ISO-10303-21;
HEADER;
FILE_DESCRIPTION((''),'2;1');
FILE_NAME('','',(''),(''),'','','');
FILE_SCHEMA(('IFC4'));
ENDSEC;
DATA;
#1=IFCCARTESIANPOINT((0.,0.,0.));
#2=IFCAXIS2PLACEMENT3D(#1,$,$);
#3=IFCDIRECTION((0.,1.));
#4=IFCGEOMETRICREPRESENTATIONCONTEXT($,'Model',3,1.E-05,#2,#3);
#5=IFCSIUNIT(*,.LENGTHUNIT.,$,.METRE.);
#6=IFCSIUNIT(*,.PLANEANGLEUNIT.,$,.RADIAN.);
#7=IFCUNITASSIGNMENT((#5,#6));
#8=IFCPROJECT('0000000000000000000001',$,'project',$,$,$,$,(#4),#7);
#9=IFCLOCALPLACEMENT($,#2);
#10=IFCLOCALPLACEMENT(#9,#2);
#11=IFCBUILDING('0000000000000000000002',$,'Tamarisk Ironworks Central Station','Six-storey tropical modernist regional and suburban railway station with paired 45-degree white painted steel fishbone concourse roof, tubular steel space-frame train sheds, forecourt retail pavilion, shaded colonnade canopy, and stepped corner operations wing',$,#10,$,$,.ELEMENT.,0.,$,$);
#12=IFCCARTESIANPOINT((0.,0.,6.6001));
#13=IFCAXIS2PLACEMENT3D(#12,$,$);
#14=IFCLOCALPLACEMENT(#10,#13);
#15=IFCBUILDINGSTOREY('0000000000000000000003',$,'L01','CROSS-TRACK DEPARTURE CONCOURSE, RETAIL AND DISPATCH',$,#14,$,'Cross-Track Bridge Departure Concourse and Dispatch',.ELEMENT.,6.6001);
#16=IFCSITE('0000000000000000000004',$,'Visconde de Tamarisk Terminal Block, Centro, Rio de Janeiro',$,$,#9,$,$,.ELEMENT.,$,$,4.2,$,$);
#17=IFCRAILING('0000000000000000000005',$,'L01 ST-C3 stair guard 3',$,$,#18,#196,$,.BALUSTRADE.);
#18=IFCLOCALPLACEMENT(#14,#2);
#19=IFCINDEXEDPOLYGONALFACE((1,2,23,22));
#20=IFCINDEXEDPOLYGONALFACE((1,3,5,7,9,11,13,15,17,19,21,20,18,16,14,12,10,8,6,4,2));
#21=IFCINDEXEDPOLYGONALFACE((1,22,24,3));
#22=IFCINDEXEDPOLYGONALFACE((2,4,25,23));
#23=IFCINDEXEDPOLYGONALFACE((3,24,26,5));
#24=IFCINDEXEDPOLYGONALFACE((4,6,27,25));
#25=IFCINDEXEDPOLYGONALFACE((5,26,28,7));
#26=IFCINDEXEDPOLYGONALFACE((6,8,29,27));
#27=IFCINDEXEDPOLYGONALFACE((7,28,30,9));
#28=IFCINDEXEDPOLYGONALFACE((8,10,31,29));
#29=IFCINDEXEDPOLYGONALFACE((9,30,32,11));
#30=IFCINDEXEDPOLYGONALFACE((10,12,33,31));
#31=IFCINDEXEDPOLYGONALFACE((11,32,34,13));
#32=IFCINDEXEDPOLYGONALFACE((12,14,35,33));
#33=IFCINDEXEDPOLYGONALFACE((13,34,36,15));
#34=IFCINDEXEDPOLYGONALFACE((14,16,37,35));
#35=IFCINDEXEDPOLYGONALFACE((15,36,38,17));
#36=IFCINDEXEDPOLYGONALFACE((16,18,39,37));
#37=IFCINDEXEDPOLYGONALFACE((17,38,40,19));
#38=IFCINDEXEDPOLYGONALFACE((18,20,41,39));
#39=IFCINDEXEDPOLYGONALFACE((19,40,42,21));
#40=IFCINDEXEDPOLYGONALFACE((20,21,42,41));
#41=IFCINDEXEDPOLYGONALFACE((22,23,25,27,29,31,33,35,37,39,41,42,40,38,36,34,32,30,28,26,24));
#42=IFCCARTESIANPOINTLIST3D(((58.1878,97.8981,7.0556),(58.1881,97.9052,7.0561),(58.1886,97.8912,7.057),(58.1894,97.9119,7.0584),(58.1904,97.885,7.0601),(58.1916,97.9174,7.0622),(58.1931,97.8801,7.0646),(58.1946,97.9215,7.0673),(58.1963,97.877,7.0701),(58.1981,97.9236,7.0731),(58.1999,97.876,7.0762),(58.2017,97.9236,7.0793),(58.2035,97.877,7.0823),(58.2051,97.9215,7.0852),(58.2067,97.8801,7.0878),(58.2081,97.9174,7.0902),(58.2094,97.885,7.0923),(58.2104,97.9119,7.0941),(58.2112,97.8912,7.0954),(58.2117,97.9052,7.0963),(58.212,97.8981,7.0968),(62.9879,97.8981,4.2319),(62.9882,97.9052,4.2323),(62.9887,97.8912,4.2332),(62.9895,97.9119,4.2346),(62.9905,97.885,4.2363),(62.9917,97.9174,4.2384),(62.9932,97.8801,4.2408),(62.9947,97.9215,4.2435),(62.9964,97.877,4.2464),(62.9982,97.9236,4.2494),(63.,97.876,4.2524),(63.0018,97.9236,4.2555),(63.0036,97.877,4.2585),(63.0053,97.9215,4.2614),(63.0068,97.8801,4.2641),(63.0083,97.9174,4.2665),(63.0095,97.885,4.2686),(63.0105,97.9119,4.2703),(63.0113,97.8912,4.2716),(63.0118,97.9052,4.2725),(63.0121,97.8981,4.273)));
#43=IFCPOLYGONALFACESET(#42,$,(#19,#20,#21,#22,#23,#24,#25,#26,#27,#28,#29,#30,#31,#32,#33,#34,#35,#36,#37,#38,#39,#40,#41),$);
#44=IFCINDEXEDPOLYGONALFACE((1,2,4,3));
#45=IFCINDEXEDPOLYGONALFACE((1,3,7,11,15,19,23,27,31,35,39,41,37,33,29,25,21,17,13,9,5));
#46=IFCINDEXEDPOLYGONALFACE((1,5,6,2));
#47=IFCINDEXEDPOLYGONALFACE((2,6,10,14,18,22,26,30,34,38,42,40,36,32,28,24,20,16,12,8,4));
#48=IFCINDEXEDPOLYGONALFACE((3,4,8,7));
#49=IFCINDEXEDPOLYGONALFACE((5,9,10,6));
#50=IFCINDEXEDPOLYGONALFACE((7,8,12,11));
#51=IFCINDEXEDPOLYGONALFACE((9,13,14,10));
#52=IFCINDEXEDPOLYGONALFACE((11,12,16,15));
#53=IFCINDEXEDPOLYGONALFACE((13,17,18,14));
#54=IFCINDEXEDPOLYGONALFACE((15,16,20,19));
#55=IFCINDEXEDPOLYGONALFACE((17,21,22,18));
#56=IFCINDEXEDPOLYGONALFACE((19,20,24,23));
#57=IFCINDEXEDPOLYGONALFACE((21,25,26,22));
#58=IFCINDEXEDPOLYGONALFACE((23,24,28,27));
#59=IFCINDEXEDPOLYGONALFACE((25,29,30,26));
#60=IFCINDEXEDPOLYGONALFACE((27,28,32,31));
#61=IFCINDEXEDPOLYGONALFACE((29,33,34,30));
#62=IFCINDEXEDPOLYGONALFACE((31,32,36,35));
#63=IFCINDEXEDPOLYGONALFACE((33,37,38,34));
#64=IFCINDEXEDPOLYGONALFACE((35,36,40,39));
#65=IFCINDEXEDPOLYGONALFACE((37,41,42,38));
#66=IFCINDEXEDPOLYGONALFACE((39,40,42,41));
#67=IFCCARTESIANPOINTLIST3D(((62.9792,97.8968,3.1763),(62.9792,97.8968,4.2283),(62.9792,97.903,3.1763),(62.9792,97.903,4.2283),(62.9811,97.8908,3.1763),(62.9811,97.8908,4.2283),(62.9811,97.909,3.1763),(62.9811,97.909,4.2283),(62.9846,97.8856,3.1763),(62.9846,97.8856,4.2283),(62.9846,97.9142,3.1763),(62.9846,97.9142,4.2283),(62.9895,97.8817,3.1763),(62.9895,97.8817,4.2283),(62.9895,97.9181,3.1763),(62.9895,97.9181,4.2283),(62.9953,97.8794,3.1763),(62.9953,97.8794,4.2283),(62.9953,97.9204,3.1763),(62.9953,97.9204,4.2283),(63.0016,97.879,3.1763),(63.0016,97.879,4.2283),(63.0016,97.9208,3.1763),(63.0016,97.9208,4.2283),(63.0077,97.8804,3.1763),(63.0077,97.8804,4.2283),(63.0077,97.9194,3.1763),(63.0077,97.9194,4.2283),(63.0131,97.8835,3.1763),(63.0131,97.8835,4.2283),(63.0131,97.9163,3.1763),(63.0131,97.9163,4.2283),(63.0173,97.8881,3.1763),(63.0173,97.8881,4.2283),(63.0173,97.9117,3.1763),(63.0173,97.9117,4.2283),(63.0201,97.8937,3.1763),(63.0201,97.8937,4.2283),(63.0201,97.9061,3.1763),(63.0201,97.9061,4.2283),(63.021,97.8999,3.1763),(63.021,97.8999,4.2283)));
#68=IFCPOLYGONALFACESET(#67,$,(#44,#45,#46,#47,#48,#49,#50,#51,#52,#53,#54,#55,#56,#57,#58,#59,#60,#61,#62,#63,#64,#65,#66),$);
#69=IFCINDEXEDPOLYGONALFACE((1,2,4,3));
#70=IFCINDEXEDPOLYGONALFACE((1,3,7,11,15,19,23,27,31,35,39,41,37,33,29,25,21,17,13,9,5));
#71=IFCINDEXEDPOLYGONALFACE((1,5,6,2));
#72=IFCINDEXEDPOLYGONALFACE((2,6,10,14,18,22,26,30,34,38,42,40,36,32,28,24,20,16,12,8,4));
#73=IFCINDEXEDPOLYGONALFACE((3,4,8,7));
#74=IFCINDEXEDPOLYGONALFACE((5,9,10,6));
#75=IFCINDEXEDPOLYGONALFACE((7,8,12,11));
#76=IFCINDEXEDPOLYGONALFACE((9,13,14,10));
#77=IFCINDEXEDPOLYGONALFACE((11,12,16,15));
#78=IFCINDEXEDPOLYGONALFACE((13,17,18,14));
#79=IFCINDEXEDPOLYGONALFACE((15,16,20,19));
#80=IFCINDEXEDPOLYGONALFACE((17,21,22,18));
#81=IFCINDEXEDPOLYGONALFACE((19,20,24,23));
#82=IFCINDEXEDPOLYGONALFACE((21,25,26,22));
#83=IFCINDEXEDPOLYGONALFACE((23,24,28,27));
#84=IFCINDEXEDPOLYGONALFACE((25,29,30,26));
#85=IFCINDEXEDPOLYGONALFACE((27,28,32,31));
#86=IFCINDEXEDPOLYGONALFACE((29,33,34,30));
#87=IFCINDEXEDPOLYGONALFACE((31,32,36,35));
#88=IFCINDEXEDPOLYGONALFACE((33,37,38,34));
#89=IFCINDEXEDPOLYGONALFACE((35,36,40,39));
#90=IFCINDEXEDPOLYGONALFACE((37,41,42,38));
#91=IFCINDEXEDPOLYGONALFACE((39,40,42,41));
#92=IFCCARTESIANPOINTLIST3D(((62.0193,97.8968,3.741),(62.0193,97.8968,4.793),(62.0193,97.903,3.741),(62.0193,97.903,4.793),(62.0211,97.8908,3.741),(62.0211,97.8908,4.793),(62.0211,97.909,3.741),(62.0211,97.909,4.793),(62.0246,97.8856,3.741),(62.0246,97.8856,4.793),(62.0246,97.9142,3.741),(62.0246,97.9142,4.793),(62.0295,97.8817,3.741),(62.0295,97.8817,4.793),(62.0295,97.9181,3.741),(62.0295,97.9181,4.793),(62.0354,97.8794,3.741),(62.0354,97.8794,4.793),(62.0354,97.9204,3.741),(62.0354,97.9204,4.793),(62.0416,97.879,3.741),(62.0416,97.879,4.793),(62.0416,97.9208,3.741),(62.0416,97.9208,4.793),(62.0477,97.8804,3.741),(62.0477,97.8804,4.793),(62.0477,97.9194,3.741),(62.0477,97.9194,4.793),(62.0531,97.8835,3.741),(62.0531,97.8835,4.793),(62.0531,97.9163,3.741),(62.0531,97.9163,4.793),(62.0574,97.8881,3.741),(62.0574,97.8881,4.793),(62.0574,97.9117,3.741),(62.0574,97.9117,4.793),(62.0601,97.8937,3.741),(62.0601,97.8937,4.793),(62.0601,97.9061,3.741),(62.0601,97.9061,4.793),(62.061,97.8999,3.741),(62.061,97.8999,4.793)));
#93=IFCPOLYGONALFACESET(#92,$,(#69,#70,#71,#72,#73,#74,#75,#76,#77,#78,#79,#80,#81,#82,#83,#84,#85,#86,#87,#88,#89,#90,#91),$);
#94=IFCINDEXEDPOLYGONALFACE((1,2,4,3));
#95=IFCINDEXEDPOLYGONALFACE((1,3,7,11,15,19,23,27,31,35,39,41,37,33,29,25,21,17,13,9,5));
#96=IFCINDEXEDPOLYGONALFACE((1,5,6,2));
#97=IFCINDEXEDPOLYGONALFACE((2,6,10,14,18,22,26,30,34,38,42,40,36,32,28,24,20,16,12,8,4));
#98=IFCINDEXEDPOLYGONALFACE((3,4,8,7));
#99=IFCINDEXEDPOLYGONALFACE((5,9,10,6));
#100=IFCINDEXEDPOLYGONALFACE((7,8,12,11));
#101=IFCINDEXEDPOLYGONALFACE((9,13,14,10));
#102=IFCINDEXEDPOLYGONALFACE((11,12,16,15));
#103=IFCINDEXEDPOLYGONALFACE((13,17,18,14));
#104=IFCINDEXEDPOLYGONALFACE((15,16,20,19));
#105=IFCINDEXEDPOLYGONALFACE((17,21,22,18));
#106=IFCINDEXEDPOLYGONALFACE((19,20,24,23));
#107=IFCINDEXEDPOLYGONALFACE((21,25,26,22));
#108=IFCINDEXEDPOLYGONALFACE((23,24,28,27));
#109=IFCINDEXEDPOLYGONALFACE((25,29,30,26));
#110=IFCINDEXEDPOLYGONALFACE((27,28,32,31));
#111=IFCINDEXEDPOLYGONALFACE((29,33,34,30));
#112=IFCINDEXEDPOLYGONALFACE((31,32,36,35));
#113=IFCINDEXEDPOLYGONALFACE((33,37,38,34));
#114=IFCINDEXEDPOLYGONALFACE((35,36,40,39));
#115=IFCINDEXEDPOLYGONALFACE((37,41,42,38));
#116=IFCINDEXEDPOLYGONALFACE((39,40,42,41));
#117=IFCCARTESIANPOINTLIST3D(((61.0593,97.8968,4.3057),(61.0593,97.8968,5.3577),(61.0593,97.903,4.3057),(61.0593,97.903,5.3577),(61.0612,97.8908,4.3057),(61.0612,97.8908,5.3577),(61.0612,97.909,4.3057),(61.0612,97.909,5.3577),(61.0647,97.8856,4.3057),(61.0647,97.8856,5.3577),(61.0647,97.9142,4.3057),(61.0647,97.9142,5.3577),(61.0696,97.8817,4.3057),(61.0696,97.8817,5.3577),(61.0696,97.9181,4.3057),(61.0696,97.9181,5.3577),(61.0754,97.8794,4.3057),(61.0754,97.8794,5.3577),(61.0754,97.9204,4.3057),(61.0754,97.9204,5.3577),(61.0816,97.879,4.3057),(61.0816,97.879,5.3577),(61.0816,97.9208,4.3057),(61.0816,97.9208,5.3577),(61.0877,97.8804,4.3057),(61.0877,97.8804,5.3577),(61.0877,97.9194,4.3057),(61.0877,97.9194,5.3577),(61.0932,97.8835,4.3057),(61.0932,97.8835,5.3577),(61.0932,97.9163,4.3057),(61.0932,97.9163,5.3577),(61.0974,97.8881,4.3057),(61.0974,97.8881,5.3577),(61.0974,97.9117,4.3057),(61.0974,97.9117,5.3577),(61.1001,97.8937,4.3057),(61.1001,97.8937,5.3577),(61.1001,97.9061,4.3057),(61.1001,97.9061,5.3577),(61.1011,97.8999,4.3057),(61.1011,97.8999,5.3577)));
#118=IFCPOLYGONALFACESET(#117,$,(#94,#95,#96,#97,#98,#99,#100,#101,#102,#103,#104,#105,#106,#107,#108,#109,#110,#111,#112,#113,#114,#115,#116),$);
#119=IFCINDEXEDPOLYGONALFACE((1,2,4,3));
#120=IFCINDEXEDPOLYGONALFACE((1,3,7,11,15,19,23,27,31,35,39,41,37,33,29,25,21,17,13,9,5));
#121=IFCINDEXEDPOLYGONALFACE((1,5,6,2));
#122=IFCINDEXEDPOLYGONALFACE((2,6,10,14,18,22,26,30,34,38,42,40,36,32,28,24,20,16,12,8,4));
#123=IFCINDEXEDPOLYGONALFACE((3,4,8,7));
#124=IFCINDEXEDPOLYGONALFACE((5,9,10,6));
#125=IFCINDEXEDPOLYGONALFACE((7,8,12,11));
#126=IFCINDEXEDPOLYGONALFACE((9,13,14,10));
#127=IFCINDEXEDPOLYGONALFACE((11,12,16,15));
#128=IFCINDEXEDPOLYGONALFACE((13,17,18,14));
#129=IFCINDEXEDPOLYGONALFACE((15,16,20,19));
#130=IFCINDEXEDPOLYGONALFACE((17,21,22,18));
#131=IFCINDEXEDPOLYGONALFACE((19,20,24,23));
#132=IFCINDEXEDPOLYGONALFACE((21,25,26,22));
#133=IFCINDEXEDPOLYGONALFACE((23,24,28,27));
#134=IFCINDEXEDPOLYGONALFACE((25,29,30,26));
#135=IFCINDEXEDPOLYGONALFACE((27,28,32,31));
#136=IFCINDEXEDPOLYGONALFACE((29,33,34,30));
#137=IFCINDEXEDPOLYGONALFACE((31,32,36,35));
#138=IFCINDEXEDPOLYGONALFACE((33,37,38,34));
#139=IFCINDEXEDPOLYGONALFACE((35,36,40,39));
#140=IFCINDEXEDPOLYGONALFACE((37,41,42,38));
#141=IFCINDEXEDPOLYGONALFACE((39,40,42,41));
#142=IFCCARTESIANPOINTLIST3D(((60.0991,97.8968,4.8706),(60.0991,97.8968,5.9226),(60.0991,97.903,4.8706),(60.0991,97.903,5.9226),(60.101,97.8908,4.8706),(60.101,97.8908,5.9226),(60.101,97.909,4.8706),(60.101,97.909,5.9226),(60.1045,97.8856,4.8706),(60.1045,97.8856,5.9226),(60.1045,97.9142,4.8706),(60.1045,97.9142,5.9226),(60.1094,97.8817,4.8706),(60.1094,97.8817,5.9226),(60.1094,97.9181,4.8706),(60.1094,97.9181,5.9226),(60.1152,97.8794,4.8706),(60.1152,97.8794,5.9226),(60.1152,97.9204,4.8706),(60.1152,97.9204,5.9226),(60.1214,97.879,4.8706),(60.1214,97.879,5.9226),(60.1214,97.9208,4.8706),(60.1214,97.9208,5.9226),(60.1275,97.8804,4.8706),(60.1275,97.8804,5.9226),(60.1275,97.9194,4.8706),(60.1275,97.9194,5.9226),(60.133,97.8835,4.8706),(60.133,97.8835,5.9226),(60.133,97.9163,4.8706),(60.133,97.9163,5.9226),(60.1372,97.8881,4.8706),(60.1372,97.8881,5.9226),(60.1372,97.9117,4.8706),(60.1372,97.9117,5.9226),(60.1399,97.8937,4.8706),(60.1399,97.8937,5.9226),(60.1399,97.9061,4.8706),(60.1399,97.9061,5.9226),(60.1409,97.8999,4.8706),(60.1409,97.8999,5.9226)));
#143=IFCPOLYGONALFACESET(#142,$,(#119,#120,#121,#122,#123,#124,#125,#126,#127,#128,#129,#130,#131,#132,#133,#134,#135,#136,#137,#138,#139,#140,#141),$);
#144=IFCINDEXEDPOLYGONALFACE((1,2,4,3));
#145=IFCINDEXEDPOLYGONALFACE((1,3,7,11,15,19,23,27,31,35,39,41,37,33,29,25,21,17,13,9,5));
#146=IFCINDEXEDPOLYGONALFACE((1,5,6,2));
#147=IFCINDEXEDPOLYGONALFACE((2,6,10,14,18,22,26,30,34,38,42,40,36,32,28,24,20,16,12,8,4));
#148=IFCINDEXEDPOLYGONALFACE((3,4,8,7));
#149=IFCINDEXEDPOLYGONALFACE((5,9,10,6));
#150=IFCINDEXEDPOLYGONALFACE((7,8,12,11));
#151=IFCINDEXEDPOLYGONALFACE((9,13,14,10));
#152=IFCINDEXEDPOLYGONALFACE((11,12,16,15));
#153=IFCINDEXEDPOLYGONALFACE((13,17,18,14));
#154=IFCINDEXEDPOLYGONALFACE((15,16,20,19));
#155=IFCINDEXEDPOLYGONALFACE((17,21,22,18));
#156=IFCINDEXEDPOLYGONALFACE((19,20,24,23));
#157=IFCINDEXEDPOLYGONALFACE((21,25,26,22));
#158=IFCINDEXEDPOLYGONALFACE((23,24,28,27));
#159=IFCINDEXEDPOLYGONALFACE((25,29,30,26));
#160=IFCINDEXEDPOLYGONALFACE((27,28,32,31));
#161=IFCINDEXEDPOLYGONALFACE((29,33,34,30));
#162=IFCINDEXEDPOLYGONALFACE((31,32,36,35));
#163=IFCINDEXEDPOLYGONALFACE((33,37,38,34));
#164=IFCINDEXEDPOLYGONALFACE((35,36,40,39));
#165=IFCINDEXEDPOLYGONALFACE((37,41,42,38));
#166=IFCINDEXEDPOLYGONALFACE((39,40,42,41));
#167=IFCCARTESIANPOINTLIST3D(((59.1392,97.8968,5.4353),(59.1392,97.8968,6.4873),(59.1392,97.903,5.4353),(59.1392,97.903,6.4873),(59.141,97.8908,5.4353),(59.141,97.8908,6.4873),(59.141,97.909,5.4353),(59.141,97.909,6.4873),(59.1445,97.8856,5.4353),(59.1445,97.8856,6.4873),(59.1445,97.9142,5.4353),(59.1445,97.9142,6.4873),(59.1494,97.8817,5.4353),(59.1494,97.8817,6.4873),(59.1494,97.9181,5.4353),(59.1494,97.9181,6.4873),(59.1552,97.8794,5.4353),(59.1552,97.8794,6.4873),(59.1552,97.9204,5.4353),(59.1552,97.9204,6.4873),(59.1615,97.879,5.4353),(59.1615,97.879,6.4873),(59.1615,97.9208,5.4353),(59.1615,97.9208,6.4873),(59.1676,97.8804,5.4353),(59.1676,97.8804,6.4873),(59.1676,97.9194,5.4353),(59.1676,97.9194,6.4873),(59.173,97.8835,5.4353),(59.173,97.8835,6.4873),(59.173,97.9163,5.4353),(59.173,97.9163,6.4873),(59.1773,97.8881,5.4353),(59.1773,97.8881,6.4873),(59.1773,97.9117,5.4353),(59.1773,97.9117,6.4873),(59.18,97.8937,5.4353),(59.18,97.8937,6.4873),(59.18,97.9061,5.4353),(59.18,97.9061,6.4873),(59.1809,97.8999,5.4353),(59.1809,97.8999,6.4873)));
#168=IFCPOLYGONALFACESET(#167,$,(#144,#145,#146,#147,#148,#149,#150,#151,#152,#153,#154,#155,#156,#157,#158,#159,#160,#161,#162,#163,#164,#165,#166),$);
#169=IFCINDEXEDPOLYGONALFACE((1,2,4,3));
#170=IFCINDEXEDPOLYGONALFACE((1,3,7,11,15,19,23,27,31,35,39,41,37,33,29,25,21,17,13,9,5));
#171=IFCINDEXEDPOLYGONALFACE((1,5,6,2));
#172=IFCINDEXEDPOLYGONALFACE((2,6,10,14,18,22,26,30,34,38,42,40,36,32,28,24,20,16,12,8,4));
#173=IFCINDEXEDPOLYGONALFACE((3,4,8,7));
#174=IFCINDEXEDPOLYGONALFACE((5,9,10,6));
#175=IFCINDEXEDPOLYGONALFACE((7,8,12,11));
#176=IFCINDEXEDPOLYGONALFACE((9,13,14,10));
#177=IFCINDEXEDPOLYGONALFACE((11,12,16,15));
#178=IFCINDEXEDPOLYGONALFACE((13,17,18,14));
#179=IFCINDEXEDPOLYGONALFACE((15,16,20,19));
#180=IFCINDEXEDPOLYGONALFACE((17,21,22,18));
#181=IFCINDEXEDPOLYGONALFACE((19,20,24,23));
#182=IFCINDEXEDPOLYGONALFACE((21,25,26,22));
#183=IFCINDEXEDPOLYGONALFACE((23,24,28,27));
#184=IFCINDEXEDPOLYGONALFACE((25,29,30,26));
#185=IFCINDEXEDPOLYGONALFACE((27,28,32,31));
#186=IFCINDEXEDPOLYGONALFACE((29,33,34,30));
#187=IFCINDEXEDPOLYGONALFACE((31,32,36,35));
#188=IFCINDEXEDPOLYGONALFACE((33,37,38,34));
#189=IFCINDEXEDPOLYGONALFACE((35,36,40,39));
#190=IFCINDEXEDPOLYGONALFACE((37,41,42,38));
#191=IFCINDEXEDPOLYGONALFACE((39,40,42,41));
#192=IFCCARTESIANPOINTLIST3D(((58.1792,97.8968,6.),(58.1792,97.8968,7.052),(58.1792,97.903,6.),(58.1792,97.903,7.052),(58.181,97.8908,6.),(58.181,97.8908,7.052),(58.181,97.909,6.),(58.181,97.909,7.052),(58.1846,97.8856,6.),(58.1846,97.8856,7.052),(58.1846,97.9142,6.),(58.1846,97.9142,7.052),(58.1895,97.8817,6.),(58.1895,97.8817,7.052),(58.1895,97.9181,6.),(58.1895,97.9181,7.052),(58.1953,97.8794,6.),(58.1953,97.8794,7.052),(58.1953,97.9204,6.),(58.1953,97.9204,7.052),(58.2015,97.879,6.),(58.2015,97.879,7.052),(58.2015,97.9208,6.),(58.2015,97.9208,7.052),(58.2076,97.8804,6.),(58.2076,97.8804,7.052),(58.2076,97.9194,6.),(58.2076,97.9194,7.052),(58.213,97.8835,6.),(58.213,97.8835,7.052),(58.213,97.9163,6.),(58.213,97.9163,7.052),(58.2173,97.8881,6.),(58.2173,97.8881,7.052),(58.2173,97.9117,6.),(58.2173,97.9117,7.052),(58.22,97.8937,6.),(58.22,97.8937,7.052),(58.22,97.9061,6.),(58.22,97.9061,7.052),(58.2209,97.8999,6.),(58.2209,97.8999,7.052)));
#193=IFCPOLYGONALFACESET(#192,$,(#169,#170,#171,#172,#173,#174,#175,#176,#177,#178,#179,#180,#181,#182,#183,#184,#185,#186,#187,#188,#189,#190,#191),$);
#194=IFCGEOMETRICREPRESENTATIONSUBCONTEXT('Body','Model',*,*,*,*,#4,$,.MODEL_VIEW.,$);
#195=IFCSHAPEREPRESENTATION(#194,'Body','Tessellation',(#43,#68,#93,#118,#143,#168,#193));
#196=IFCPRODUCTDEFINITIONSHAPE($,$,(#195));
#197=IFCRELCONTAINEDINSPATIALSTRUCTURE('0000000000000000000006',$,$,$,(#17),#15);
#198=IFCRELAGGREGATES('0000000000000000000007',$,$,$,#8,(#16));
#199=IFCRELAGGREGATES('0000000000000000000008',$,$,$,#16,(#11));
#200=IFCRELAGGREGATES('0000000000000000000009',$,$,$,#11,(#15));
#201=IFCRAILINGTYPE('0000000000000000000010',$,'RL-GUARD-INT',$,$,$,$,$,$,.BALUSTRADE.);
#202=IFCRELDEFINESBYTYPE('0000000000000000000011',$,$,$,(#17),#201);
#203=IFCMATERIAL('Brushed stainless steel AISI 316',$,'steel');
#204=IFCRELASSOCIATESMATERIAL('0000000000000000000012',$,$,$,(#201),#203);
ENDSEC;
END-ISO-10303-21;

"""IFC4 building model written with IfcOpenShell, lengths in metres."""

from ifc_helpers import new_model, si_unit, direction, frame, origin, origin_2d, place, context, subcontext, project, spatial, circle, extrude, material, type_object, element, save


model = new_model("IFC4")

# Units and contexts
model_context = context("Model", 3, precision=1e-05, world=origin(), true_north=direction((0.0, 1.0)))
body_context = subcontext(model_context, "Body", "Model", "MODEL_VIEW")
ifc_project = project(units=[si_unit("LENGTHUNIT", "METRE"), si_unit("PLANEANGLEUNIT", "RADIAN")], contexts=[model_context])

# Site, building, storey
site_placement = place(None, origin())
site = spatial("IfcSite", under=ifc_project, at=site_placement, Name="Visconde de Tamarisk Terminal Block, Centro, Rio de Janeiro", CompositionType="ELEMENT", RefElevation=4.2)
building_placement = place(site_placement, origin())
building = spatial("IfcBuilding", under=site, at=building_placement, Name="Tamarisk Ironworks Central Station", Description="Six-storey tropical modernist regional and suburban railway station with paired 45-degree white painted steel fishbone concourse roof, tubular steel space-frame train sheds, forecourt retail pavilion, shaded colonnade canopy, and stepped corner operations wing", CompositionType="ELEMENT", ElevationOfRefHeight=0.0)
storey_placement = place(building_placement, frame((0.0, 0.0, 6.6001)))
storey = spatial("IfcBuildingStorey", under=building, at=storey_placement, Name="L01", Description="CROSS-TRACK DEPARTURE CONCOURSE, RETAIL AND DISPATCH", LongName="Cross-Track Bridge Departure Concourse and Dispatch", CompositionType="ELEMENT", Elevation=6.6001)

# Shared definitions
ifc_material_1 = material(Name="Brushed stainless steel AISI 316", Category="steel")

# Railing
railing_type_1 = type_object("IfcRailingType", Name="RL-GUARD-INT", PredefinedType="BALUSTRADE", material=ifc_material_1)
railing_1_placement = place(storey_placement, frame((63.0, 97.8999, 3.1763)))
element("IfcRailing", 1, at=railing_1_placement, inside=storey, type_object=railing_type_1, Name="L01 ST-C3 stair guard 3", PredefinedType="BALUSTRADE", context=body_context, shape_type="SweptSolid", body=[
    extrude(circle(Radius=0.0239, at=origin_2d()), frame((0.0, 0.0, 1.0762), z_axis=(-0.861921, 0.0, 0.507043), x_axis=(0.0, -1.0, 0.0)), (0.0, 0.0, 1.0), 5.5691),
    extrude(circle(Radius=0.021, at=origin_2d()), origin(), (0.0, 0.0, 1.0), 1.052),
    extrude(circle(Radius=0.021, at=origin_2d()), frame((-0.96, 0.0, 0.5647)), (0.0, 0.0, 1.0), 1.052),
    extrude(circle(Radius=0.021, at=origin_2d()), frame((-1.9199, 0.0, 1.1294)), (0.0, 0.0, 1.0), 1.052),
    extrude(circle(Radius=0.021, at=origin_2d()), frame((-2.8801, 0.0, 1.6943)), (0.0, 0.0, 1.0), 1.052),
    extrude(circle(Radius=0.021, at=origin_2d()), frame((-3.8401, 0.0, 2.259)), (0.0, 0.0, 1.0), 1.052),
    extrude(circle(Radius=0.021, at=origin_2d()), frame((-4.8, 0.0, 2.8237)), (0.0, 0.0, 1.0), 1.052),
])

save(model, "model.ifc")
